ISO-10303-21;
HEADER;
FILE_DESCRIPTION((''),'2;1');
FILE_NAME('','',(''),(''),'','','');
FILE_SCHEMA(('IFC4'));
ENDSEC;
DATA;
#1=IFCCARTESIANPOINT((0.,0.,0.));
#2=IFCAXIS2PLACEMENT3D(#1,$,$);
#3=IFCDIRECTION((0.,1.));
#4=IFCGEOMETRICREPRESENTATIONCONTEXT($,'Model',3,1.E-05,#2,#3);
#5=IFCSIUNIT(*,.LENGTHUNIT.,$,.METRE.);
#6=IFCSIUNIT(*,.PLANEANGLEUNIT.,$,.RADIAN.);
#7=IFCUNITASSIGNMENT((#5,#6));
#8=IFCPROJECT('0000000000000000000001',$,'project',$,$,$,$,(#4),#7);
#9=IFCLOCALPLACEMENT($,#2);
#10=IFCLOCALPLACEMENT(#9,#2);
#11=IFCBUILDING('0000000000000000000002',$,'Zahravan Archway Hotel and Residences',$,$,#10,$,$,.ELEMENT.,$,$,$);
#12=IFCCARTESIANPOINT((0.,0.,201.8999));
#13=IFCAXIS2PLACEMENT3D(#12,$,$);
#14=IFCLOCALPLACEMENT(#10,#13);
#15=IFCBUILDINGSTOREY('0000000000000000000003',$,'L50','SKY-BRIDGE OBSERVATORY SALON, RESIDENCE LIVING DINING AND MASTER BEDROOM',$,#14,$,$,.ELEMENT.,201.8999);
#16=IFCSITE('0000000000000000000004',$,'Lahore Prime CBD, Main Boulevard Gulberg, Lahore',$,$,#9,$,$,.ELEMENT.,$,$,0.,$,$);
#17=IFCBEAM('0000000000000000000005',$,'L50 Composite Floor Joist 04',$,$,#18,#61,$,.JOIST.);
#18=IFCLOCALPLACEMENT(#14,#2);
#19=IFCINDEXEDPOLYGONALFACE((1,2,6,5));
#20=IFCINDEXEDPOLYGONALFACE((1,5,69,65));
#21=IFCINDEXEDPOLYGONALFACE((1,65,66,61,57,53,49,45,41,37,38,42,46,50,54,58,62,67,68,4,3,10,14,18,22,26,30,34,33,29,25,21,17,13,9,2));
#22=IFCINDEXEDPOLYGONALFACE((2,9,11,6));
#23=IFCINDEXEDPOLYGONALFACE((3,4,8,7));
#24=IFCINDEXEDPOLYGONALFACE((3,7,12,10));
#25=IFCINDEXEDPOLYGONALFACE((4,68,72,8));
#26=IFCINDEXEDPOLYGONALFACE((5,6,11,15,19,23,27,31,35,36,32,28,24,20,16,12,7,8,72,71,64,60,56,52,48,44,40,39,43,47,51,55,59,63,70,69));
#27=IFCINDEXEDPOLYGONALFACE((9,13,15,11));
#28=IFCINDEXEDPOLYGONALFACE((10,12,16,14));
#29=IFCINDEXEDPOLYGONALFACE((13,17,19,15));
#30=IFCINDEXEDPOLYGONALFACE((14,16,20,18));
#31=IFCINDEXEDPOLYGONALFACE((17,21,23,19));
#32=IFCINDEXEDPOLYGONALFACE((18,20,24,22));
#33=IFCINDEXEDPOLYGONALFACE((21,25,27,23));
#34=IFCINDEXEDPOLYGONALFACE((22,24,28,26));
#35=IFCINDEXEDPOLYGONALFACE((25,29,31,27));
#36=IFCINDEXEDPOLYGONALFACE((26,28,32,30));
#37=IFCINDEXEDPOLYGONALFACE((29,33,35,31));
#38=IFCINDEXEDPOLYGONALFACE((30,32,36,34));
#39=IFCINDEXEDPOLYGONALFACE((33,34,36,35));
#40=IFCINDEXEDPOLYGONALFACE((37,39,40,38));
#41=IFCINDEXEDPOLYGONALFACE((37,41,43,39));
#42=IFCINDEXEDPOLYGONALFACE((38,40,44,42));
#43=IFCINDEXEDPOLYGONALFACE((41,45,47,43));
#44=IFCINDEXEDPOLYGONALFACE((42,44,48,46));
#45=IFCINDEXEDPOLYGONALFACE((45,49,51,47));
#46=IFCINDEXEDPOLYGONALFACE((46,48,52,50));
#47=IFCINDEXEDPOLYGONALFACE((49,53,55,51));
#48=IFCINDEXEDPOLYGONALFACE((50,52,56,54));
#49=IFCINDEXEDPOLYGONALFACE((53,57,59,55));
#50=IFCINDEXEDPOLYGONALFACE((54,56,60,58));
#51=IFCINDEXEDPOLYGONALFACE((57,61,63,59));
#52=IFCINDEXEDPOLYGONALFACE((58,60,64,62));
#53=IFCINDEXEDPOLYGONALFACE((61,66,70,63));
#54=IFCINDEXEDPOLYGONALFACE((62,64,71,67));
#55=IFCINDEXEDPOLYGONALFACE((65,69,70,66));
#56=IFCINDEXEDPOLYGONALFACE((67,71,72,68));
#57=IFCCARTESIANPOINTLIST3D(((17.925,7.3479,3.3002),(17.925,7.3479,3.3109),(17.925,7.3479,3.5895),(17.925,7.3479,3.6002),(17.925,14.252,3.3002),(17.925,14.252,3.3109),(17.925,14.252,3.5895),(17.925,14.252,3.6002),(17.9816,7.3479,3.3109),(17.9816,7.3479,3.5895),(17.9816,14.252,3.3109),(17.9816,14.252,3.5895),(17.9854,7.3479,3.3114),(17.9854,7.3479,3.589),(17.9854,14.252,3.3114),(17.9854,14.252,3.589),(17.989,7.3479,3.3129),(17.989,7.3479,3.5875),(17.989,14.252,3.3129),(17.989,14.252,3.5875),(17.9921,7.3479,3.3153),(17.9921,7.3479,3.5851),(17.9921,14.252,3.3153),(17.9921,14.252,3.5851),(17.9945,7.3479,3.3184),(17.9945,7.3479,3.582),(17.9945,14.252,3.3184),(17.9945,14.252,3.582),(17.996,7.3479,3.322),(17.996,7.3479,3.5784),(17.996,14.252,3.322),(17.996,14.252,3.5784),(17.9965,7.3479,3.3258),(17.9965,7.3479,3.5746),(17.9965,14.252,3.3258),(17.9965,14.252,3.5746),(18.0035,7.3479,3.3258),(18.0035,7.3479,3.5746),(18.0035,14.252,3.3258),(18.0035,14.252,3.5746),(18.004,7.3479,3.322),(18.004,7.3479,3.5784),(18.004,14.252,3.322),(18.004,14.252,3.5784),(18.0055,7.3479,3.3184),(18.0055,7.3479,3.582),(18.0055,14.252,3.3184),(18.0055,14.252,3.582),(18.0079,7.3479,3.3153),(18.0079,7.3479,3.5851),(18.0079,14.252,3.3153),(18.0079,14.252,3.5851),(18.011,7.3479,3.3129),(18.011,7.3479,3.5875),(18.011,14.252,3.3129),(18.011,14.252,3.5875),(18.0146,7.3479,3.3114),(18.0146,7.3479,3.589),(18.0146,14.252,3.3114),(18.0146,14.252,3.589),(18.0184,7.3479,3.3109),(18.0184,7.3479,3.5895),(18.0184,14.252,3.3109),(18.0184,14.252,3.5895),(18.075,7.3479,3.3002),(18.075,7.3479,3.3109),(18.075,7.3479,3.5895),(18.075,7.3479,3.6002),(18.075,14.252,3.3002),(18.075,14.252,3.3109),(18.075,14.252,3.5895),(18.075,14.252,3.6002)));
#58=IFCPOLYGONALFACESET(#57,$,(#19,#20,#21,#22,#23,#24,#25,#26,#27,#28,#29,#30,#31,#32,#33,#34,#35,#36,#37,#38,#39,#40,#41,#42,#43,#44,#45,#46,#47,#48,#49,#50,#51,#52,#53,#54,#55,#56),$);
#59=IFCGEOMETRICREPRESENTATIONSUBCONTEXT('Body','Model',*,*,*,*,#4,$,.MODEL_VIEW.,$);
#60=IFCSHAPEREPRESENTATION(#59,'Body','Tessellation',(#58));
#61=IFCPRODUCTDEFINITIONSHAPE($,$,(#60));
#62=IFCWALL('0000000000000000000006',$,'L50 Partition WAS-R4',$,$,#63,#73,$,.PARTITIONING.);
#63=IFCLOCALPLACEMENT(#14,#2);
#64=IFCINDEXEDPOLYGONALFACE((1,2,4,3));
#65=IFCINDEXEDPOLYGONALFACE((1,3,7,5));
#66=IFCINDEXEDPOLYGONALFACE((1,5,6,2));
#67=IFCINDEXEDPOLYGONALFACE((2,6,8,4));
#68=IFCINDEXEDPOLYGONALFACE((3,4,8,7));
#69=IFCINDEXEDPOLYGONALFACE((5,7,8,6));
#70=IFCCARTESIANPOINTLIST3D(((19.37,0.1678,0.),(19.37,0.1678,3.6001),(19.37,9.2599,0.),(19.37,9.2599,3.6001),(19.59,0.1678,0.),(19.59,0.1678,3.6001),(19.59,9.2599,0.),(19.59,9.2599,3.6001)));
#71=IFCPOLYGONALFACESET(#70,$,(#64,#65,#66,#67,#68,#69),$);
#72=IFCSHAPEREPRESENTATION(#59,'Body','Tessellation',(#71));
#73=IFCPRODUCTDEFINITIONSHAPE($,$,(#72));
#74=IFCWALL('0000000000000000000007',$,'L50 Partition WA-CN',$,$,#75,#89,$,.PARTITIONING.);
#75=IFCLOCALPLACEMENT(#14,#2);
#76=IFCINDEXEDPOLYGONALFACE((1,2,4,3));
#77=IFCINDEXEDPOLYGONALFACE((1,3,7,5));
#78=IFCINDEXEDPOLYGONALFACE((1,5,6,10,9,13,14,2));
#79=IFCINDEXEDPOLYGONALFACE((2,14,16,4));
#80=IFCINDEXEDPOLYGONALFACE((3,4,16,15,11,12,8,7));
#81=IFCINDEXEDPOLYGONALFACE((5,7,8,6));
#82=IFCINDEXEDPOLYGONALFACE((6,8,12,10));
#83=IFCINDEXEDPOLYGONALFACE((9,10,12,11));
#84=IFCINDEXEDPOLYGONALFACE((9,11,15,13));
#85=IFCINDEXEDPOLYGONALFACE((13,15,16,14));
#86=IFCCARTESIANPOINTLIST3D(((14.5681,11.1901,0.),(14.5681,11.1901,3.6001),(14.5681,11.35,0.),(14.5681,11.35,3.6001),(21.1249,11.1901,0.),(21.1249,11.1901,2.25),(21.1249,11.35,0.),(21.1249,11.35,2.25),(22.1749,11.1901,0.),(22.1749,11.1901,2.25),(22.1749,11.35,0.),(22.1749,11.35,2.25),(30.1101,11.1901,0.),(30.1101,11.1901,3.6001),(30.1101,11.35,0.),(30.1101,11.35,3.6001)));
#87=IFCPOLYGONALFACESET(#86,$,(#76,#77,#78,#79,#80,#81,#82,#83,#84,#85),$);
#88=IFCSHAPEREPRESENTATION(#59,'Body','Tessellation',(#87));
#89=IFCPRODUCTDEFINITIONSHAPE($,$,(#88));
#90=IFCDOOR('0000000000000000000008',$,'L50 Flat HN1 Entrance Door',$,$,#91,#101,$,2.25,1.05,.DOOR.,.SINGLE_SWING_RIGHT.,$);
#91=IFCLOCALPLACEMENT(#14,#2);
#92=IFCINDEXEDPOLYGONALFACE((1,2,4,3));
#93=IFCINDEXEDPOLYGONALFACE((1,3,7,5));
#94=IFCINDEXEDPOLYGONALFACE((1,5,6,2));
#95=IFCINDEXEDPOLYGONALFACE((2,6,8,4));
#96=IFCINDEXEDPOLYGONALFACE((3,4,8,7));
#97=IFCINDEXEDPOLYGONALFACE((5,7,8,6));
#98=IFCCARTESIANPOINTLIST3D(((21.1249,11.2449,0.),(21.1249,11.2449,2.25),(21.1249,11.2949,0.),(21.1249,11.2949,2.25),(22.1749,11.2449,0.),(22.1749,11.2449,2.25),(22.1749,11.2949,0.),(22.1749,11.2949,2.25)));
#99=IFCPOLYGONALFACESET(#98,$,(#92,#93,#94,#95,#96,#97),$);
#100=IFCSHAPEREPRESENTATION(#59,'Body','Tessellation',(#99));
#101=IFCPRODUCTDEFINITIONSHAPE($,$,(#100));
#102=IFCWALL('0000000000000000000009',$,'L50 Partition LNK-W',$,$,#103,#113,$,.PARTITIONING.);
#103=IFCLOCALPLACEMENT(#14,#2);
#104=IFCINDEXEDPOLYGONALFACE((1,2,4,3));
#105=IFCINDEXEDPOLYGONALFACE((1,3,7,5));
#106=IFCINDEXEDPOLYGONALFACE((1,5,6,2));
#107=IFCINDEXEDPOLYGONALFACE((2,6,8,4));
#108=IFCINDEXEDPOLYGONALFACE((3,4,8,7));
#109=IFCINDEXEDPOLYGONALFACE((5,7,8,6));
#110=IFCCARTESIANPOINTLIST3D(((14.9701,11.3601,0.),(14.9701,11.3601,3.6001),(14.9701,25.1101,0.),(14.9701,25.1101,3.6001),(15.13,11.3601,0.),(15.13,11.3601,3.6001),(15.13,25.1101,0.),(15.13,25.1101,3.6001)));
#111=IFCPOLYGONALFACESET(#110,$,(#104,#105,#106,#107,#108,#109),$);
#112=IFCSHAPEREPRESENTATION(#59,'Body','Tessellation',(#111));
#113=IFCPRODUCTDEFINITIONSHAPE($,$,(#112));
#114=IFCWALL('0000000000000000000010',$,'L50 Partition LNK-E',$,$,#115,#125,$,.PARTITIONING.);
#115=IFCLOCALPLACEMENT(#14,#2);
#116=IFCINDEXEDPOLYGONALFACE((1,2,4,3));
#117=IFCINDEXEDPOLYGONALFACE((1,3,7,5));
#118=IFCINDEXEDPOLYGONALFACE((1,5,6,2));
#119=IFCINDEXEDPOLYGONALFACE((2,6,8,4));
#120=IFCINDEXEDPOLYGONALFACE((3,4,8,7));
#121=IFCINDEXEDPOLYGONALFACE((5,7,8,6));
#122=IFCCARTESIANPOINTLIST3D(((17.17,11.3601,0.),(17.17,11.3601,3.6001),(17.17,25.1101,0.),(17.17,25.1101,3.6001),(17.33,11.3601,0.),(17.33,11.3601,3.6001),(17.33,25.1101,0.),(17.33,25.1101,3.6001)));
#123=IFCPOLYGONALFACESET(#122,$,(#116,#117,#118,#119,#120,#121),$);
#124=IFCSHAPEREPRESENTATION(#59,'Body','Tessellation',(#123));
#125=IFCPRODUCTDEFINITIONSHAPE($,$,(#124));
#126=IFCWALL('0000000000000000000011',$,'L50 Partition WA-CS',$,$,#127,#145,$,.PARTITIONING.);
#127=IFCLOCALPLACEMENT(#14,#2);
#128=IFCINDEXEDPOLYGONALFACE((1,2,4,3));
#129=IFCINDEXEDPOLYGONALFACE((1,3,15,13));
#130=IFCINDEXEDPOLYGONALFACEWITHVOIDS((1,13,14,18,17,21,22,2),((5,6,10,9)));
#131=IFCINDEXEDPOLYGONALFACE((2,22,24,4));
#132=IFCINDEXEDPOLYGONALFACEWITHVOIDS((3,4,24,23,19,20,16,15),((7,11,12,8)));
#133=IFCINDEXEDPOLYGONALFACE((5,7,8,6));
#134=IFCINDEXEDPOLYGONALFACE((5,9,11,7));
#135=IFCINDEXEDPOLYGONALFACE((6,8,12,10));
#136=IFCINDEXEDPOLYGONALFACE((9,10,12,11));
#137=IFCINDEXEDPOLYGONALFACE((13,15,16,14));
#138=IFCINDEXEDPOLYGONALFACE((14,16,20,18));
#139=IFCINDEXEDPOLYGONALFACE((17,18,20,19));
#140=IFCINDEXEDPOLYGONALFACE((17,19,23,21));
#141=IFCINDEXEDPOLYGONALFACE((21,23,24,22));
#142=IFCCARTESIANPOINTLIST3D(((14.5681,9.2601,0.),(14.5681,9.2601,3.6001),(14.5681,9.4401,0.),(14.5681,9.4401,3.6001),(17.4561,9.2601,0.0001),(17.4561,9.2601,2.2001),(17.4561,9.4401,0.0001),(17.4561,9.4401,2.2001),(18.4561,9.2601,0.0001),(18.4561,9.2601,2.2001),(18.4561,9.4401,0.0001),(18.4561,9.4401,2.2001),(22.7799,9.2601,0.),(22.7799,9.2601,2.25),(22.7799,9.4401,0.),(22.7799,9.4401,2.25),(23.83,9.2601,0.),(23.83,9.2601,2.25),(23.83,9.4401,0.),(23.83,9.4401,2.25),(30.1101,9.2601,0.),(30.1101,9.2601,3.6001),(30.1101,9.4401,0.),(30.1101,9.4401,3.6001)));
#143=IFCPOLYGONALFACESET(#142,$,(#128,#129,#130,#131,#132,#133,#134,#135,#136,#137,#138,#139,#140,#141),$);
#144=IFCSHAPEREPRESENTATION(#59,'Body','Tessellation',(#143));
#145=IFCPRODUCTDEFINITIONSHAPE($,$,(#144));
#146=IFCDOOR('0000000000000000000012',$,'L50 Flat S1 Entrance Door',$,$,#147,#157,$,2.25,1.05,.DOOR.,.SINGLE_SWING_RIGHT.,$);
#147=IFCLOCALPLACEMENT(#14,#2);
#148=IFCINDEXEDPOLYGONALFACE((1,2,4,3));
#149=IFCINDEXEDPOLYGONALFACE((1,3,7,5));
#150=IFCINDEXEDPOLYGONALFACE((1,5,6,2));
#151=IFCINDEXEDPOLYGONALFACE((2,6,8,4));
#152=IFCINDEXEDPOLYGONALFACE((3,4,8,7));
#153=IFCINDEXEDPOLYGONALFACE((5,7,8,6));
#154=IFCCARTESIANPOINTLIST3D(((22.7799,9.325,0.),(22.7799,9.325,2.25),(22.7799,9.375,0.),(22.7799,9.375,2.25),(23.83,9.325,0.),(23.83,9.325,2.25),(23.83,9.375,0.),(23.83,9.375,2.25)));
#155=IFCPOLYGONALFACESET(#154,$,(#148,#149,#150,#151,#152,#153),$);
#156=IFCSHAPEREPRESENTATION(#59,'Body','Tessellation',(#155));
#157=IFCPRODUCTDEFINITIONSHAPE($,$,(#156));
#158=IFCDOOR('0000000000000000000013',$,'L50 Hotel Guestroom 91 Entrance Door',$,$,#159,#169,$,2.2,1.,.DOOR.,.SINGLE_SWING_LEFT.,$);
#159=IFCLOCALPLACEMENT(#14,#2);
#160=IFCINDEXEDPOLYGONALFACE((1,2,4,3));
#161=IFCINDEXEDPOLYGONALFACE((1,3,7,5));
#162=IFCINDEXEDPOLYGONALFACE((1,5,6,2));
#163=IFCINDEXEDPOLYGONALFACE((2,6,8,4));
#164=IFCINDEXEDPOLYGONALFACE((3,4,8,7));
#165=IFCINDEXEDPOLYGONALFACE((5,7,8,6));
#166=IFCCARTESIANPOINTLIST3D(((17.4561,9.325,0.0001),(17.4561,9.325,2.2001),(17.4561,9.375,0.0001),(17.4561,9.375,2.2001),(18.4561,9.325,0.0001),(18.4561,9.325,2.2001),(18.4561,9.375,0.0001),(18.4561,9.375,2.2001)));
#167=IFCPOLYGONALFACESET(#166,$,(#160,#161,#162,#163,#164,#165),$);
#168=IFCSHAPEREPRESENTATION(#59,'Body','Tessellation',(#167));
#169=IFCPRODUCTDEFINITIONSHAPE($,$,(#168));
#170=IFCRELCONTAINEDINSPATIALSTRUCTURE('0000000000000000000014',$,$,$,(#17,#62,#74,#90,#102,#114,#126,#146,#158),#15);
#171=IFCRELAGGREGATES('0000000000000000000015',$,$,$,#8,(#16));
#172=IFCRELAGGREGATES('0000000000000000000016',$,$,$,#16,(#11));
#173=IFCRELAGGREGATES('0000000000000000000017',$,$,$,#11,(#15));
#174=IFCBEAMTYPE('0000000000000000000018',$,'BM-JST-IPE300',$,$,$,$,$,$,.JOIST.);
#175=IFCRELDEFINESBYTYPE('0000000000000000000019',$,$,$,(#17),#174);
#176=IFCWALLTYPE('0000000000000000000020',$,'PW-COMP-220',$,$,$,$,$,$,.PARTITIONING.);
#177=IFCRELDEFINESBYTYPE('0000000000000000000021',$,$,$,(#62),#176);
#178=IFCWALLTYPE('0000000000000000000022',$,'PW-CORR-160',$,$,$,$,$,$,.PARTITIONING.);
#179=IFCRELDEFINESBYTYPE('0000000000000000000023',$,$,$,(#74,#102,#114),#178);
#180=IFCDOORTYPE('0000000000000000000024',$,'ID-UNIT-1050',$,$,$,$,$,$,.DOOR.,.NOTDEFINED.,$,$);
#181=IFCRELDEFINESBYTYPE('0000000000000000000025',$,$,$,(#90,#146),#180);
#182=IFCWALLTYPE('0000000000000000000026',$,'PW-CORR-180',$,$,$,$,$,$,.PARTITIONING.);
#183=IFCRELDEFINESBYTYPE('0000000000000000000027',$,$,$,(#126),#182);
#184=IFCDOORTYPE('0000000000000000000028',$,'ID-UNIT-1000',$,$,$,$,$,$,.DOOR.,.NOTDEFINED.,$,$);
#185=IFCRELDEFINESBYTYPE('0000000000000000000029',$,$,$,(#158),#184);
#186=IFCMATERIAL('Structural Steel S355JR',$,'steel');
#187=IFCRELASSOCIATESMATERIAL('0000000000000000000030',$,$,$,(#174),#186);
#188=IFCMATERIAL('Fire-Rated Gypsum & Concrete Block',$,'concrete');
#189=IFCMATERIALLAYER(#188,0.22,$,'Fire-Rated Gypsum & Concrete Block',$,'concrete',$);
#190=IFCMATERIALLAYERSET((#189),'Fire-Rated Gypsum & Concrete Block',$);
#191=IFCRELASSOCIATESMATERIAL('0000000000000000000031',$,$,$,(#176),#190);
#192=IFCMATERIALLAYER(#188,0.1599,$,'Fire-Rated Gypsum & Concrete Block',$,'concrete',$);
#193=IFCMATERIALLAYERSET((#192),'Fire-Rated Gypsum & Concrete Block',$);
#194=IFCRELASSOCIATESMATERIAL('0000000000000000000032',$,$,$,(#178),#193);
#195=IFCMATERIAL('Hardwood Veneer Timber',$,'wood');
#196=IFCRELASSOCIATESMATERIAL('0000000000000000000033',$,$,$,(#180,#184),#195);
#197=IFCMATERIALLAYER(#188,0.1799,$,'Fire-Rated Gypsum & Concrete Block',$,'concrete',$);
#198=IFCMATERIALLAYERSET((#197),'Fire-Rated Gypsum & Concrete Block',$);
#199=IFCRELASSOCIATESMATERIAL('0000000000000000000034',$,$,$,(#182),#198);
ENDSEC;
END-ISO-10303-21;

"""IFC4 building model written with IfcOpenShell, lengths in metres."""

from ifc_helpers import new_model, si_unit, direction, frame, frame_2d, origin, origin_2d, place, context, subcontext, project, spatial, rectangle, i_section, extrude, source, transform, mapped, material, layer, layer_set, material_profile, profile_set, type_object, type_shapes, element, fill, save


model = new_model("IFC4")

# Units and contexts
model_context = context("Model", 3, precision=1e-05, world=origin(), true_north=direction((0.0, 1.0)))
body_context = subcontext(model_context, "Body", "Model", "MODEL_VIEW")
ifc_project = project(units=[si_unit("LENGTHUNIT", "METRE"), si_unit("PLANEANGLEUNIT", "RADIAN")], contexts=[model_context])

# Site, building, storey
site_placement = place(None, origin())
site = spatial("IfcSite", under=ifc_project, at=site_placement, Name="Lahore Prime CBD, Main Boulevard Gulberg, Lahore", CompositionType="ELEMENT", RefElevation=0.0)
building_placement = place(site_placement, origin())
building = spatial("IfcBuilding", under=site, at=building_placement, Name="Zahravan Archway Hotel and Residences", CompositionType="ELEMENT")
storey_placement = place(building_placement, frame((0.0, 0.0, 201.8999)))
storey = spatial("IfcBuildingStorey", under=building, at=storey_placement, Name="L50", Description="SKY-BRIDGE OBSERVATORY SALON, RESIDENCE LIVING DINING AND MASTER BEDROOM", CompositionType="ELEMENT", Elevation=201.8999)

# Beam
ifc_material_1 = material(Name="Structural Steel S355JR", Category="steel")
ifc_material_profile_1 = material_profile(ifc_material_1, i_section(OverallWidth=0.1499, OverallDepth=0.3, WebThickness=0.0071, FlangeThickness=0.0107, FilletRadius=0.0149, at=origin_2d()), Name="IPE 300", Category="steel")
ifc_profile_set_1 = profile_set([ifc_material_profile_1], Name="Structural Steel S355JR")
beam_type_1 = type_object("IfcBeamType", Name="BM-JST-IPE300", PredefinedType="JOIST", material=ifc_profile_set_1)
shared_shape_1 = source(origin(), body_context, "Body", "SweptSolid", [
    extrude(i_section(OverallWidth=0.1499, OverallDepth=0.3, WebThickness=0.0071, FlangeThickness=0.0107, FilletRadius=0.0149, at=origin_2d()), origin(), (0.0, 0.0, 1.0), 6.9041),
])
type_shapes(beam_type_1, [shared_shape_1])
for number, where, z_axis, x_axis, name in (
    (1, (18.0, 7.3479, 3.4502), (0.0, 1.0, 0.0), (-1.0, 0.0, 0.0), "L50 Composite Floor Joist 04"),
):
    element("IfcBeam", number, at=place(storey_placement, frame(where, z_axis=z_axis, x_axis=x_axis)), inside=storey, type_object=beam_type_1, Name=name, PredefinedType="JOIST", context=body_context, shape_type="MappedRepresentation", body=[
        mapped(shared_shape_1, transform((0.0, 0.0, 0.0), scale=1.0)),
    ])

# Wall
ifc_material_2 = material(Name="Fire-Rated Gypsum & Concrete Block", Category="concrete")
ifc_layer_1 = layer(ifc_material_2, 0.22, Name="Fire-Rated Gypsum & Concrete Block", Category="concrete")
ifc_layer_set_1 = layer_set([ifc_layer_1], Name="Fire-Rated Gypsum & Concrete Block")
wall_type_1 = type_object("IfcWallType", Name="PW-COMP-220", PredefinedType="PARTITIONING", material=ifc_layer_set_1)
wall_1_placement = place(storey_placement, frame((19.48, 0.168, 0.0), z_axis=(0.0, 0.0, 1.0), x_axis=(0.0, 1.0, 0.0)))
element("IfcWall", 2, at=wall_1_placement, inside=storey, type_object=wall_type_1, Name="L50 Partition WAS-R4", PredefinedType="PARTITIONING", context=body_context, shape_type="SweptSolid", body=[
    extrude(rectangle(XDim=9.092, YDim=0.22, at=frame_2d((4.5459, 0.0))), origin(), (0.0, 0.0, 1.0), 3.6001),
])

# Wall, opening, door
ifc_layer_2 = layer(ifc_material_2, 0.1599, Name="Fire-Rated Gypsum & Concrete Block", Category="concrete")
ifc_layer_set_2 = layer_set([ifc_layer_2], Name="Fire-Rated Gypsum & Concrete Block")
wall_type_2 = type_object("IfcWallType", Name="PW-CORR-160", PredefinedType="PARTITIONING", material=ifc_layer_set_2)
wall_2_placement = place(storey_placement, frame((14.5681, 11.27, 0.0), z_axis=(0.0, 0.0, 1.0), x_axis=(1.0, 0.0, 0.0)))
wall_2 = element("IfcWall", 3, at=wall_2_placement, inside=storey, type_object=wall_type_2, Name="L50 Partition WA-CN", PredefinedType="PARTITIONING", context=body_context, shape_type="SweptSolid", body=[
    extrude(rectangle(XDim=15.542, YDim=0.1599, at=frame_2d((7.771, 0.0))), origin(), (0.0, 0.0, 1.0), 3.6001),
])
opening_1_placement = place(wall_2_placement, frame((6.5569, 0.0, 0.0)))
opening_1 = element("IfcOpeningElement", 4, at=opening_1_placement, cuts=wall_2, PredefinedType="OPENING", context=body_context, shape_type="SweptSolid", body=[
    extrude(rectangle(XDim=1.05, YDim=2.25, at=frame_2d((0.5249, 1.125))), frame((0.0, 0.0898, 0.0), z_axis=(0.0, -1.0, 0.0), x_axis=(1.0, 0.0, 0.0)), (0.0, 0.0, 1.0), 0.1799),
])
ifc_material_3 = material(Name="Hardwood Veneer Timber", Category="wood")
door_type_1 = type_object("IfcDoorType", Name="ID-UNIT-1050", OperationType="NOTDEFINED", PredefinedType="DOOR", material=ifc_material_3)
shared_shape_2 = source(origin(), body_context, "Body", "SweptSolid", [
    extrude(rectangle(XDim=1.05, YDim=2.25, at=frame_2d((0.5249, 1.125))), frame((0.0, 0.0249, 0.0), z_axis=(0.0, -1.0, 0.0), x_axis=(1.0, 0.0, 0.0)), (0.0, 0.0, 1.0), 0.05),
])
type_shapes(door_type_1, [shared_shape_2])
door_1_placement = place(opening_1_placement, origin())
door_1 = element("IfcDoor", 5, at=door_1_placement, inside=storey, type_object=door_type_1, Name="L50 Flat HN1 Entrance Door", OperationType="SINGLE_SWING_RIGHT", OverallHeight=2.25, OverallWidth=1.05, PredefinedType="DOOR", context=body_context, shape_type="MappedRepresentation", body=[
    mapped(shared_shape_2, transform((0.0, 0.0, 0.0), scale=1.0)),
])
fill(opening_1, door_1)

# Walls
for number, where, z_axis, x_axis, name in (
    (6, (15.05, 11.3601, 0.0), (0.0, 0.0, 1.0), (0.0, 1.0, 0.0), "L50 Partition LNK-W"),
    (7, (17.25, 11.3601, 0.0), (0.0, 0.0, 1.0), (0.0, 1.0, 0.0), "L50 Partition LNK-E"),
):
    element("IfcWall", number, at=place(storey_placement, frame(where, z_axis=z_axis, x_axis=x_axis)), inside=storey, type_object=wall_type_2, Name=name, PredefinedType="PARTITIONING", context=body_context, shape_type="SweptSolid", body=[
        extrude(rectangle(XDim=13.75, YDim=0.1599, at=frame_2d((6.875, 0.0))), origin(), (0.0, 0.0, 1.0), 3.6001),
    ])

# Wall, openings, doors
ifc_layer_3 = layer(ifc_material_2, 0.1799, Name="Fire-Rated Gypsum & Concrete Block", Category="concrete")
ifc_layer_set_3 = layer_set([ifc_layer_3], Name="Fire-Rated Gypsum & Concrete Block")
wall_type_3 = type_object("IfcWallType", Name="PW-CORR-180", PredefinedType="PARTITIONING", material=ifc_layer_set_3)
wall_3_placement = place(storey_placement, frame((14.5681, 9.3501, 0.0), z_axis=(0.0, 0.0, 1.0), x_axis=(1.0, 0.0, 0.0)))
wall_3 = element("IfcWall", 8, at=wall_3_placement, inside=storey, type_object=wall_type_3, Name="L50 Partition WA-CS", PredefinedType="PARTITIONING", context=body_context, shape_type="SweptSolid", body=[
    extrude(rectangle(XDim=15.542, YDim=0.1799, at=frame_2d((7.771, 0.0))), origin(), (0.0, 0.0, 1.0), 3.6001),
])
opening_2_placement = place(wall_3_placement, frame((2.8879, 0.0, 0.0)))
opening_2 = element("IfcOpeningElement", 9, at=opening_2_placement, cuts=wall_3, PredefinedType="OPENING", context=body_context, shape_type="SweptSolid", body=[
    extrude(rectangle(XDim=1.0, YDim=2.2, at=frame_2d((0.5, 1.1001))), frame((0.0, 0.1001, 0.0), z_axis=(0.0, -1.0, 0.0), x_axis=(1.0, 0.0, 0.0)), (0.0, 0.0, 1.0), 0.2),
])
opening_3_placement = place(wall_3_placement, frame((8.2119, 0.0, 0.0)))
opening_3 = element("IfcOpeningElement", 10, at=opening_3_placement, cuts=wall_3, PredefinedType="OPENING", context=body_context, shape_type="SweptSolid", body=[
    extrude(rectangle(XDim=1.05, YDim=2.25, at=frame_2d((0.5249, 1.125))), frame((0.0, 0.1001, 0.0), z_axis=(0.0, -1.0, 0.0), x_axis=(1.0, 0.0, 0.0)), (0.0, 0.0, 1.0), 0.2),
])
door_2_placement = place(opening_3_placement, origin())
door_2 = element("IfcDoor", 11, at=door_2_placement, inside=storey, type_object=door_type_1, Name="L50 Flat S1 Entrance Door", OperationType="SINGLE_SWING_RIGHT", OverallHeight=2.25, OverallWidth=1.05, PredefinedType="DOOR", context=body_context, shape_type="MappedRepresentation", body=[
    mapped(shared_shape_2, transform((0.0, 0.0, 0.0), scale=1.0)),
])
fill(opening_3, door_2)
door_type_2 = type_object("IfcDoorType", Name="ID-UNIT-1000", OperationType="NOTDEFINED", PredefinedType="DOOR", material=ifc_material_3)
shared_shape_3 = source(origin(), body_context, "Body", "SweptSolid", [
    extrude(rectangle(XDim=1.0, YDim=2.2, at=frame_2d((0.5, 1.1001))), frame((0.0, 0.0249, 0.0), z_axis=(0.0, -1.0, 0.0), x_axis=(1.0, 0.0, 0.0)), (0.0, 0.0, 1.0), 0.05),
])
type_shapes(door_type_2, [shared_shape_3])
door_3_placement = place(opening_2_placement, origin())
door_3 = element("IfcDoor", 12, at=door_3_placement, inside=storey, type_object=door_type_2, Name="L50 Hotel Guestroom 91 Entrance Door", OperationType="SINGLE_SWING_LEFT", OverallHeight=2.2, OverallWidth=1.0, PredefinedType="DOOR", context=body_context, shape_type="MappedRepresentation", body=[
    mapped(shared_shape_3, transform((0.0, 0.0, 0.0), scale=1.0)),
])
fill(opening_2, door_3)

save(model, "model.ifc")
